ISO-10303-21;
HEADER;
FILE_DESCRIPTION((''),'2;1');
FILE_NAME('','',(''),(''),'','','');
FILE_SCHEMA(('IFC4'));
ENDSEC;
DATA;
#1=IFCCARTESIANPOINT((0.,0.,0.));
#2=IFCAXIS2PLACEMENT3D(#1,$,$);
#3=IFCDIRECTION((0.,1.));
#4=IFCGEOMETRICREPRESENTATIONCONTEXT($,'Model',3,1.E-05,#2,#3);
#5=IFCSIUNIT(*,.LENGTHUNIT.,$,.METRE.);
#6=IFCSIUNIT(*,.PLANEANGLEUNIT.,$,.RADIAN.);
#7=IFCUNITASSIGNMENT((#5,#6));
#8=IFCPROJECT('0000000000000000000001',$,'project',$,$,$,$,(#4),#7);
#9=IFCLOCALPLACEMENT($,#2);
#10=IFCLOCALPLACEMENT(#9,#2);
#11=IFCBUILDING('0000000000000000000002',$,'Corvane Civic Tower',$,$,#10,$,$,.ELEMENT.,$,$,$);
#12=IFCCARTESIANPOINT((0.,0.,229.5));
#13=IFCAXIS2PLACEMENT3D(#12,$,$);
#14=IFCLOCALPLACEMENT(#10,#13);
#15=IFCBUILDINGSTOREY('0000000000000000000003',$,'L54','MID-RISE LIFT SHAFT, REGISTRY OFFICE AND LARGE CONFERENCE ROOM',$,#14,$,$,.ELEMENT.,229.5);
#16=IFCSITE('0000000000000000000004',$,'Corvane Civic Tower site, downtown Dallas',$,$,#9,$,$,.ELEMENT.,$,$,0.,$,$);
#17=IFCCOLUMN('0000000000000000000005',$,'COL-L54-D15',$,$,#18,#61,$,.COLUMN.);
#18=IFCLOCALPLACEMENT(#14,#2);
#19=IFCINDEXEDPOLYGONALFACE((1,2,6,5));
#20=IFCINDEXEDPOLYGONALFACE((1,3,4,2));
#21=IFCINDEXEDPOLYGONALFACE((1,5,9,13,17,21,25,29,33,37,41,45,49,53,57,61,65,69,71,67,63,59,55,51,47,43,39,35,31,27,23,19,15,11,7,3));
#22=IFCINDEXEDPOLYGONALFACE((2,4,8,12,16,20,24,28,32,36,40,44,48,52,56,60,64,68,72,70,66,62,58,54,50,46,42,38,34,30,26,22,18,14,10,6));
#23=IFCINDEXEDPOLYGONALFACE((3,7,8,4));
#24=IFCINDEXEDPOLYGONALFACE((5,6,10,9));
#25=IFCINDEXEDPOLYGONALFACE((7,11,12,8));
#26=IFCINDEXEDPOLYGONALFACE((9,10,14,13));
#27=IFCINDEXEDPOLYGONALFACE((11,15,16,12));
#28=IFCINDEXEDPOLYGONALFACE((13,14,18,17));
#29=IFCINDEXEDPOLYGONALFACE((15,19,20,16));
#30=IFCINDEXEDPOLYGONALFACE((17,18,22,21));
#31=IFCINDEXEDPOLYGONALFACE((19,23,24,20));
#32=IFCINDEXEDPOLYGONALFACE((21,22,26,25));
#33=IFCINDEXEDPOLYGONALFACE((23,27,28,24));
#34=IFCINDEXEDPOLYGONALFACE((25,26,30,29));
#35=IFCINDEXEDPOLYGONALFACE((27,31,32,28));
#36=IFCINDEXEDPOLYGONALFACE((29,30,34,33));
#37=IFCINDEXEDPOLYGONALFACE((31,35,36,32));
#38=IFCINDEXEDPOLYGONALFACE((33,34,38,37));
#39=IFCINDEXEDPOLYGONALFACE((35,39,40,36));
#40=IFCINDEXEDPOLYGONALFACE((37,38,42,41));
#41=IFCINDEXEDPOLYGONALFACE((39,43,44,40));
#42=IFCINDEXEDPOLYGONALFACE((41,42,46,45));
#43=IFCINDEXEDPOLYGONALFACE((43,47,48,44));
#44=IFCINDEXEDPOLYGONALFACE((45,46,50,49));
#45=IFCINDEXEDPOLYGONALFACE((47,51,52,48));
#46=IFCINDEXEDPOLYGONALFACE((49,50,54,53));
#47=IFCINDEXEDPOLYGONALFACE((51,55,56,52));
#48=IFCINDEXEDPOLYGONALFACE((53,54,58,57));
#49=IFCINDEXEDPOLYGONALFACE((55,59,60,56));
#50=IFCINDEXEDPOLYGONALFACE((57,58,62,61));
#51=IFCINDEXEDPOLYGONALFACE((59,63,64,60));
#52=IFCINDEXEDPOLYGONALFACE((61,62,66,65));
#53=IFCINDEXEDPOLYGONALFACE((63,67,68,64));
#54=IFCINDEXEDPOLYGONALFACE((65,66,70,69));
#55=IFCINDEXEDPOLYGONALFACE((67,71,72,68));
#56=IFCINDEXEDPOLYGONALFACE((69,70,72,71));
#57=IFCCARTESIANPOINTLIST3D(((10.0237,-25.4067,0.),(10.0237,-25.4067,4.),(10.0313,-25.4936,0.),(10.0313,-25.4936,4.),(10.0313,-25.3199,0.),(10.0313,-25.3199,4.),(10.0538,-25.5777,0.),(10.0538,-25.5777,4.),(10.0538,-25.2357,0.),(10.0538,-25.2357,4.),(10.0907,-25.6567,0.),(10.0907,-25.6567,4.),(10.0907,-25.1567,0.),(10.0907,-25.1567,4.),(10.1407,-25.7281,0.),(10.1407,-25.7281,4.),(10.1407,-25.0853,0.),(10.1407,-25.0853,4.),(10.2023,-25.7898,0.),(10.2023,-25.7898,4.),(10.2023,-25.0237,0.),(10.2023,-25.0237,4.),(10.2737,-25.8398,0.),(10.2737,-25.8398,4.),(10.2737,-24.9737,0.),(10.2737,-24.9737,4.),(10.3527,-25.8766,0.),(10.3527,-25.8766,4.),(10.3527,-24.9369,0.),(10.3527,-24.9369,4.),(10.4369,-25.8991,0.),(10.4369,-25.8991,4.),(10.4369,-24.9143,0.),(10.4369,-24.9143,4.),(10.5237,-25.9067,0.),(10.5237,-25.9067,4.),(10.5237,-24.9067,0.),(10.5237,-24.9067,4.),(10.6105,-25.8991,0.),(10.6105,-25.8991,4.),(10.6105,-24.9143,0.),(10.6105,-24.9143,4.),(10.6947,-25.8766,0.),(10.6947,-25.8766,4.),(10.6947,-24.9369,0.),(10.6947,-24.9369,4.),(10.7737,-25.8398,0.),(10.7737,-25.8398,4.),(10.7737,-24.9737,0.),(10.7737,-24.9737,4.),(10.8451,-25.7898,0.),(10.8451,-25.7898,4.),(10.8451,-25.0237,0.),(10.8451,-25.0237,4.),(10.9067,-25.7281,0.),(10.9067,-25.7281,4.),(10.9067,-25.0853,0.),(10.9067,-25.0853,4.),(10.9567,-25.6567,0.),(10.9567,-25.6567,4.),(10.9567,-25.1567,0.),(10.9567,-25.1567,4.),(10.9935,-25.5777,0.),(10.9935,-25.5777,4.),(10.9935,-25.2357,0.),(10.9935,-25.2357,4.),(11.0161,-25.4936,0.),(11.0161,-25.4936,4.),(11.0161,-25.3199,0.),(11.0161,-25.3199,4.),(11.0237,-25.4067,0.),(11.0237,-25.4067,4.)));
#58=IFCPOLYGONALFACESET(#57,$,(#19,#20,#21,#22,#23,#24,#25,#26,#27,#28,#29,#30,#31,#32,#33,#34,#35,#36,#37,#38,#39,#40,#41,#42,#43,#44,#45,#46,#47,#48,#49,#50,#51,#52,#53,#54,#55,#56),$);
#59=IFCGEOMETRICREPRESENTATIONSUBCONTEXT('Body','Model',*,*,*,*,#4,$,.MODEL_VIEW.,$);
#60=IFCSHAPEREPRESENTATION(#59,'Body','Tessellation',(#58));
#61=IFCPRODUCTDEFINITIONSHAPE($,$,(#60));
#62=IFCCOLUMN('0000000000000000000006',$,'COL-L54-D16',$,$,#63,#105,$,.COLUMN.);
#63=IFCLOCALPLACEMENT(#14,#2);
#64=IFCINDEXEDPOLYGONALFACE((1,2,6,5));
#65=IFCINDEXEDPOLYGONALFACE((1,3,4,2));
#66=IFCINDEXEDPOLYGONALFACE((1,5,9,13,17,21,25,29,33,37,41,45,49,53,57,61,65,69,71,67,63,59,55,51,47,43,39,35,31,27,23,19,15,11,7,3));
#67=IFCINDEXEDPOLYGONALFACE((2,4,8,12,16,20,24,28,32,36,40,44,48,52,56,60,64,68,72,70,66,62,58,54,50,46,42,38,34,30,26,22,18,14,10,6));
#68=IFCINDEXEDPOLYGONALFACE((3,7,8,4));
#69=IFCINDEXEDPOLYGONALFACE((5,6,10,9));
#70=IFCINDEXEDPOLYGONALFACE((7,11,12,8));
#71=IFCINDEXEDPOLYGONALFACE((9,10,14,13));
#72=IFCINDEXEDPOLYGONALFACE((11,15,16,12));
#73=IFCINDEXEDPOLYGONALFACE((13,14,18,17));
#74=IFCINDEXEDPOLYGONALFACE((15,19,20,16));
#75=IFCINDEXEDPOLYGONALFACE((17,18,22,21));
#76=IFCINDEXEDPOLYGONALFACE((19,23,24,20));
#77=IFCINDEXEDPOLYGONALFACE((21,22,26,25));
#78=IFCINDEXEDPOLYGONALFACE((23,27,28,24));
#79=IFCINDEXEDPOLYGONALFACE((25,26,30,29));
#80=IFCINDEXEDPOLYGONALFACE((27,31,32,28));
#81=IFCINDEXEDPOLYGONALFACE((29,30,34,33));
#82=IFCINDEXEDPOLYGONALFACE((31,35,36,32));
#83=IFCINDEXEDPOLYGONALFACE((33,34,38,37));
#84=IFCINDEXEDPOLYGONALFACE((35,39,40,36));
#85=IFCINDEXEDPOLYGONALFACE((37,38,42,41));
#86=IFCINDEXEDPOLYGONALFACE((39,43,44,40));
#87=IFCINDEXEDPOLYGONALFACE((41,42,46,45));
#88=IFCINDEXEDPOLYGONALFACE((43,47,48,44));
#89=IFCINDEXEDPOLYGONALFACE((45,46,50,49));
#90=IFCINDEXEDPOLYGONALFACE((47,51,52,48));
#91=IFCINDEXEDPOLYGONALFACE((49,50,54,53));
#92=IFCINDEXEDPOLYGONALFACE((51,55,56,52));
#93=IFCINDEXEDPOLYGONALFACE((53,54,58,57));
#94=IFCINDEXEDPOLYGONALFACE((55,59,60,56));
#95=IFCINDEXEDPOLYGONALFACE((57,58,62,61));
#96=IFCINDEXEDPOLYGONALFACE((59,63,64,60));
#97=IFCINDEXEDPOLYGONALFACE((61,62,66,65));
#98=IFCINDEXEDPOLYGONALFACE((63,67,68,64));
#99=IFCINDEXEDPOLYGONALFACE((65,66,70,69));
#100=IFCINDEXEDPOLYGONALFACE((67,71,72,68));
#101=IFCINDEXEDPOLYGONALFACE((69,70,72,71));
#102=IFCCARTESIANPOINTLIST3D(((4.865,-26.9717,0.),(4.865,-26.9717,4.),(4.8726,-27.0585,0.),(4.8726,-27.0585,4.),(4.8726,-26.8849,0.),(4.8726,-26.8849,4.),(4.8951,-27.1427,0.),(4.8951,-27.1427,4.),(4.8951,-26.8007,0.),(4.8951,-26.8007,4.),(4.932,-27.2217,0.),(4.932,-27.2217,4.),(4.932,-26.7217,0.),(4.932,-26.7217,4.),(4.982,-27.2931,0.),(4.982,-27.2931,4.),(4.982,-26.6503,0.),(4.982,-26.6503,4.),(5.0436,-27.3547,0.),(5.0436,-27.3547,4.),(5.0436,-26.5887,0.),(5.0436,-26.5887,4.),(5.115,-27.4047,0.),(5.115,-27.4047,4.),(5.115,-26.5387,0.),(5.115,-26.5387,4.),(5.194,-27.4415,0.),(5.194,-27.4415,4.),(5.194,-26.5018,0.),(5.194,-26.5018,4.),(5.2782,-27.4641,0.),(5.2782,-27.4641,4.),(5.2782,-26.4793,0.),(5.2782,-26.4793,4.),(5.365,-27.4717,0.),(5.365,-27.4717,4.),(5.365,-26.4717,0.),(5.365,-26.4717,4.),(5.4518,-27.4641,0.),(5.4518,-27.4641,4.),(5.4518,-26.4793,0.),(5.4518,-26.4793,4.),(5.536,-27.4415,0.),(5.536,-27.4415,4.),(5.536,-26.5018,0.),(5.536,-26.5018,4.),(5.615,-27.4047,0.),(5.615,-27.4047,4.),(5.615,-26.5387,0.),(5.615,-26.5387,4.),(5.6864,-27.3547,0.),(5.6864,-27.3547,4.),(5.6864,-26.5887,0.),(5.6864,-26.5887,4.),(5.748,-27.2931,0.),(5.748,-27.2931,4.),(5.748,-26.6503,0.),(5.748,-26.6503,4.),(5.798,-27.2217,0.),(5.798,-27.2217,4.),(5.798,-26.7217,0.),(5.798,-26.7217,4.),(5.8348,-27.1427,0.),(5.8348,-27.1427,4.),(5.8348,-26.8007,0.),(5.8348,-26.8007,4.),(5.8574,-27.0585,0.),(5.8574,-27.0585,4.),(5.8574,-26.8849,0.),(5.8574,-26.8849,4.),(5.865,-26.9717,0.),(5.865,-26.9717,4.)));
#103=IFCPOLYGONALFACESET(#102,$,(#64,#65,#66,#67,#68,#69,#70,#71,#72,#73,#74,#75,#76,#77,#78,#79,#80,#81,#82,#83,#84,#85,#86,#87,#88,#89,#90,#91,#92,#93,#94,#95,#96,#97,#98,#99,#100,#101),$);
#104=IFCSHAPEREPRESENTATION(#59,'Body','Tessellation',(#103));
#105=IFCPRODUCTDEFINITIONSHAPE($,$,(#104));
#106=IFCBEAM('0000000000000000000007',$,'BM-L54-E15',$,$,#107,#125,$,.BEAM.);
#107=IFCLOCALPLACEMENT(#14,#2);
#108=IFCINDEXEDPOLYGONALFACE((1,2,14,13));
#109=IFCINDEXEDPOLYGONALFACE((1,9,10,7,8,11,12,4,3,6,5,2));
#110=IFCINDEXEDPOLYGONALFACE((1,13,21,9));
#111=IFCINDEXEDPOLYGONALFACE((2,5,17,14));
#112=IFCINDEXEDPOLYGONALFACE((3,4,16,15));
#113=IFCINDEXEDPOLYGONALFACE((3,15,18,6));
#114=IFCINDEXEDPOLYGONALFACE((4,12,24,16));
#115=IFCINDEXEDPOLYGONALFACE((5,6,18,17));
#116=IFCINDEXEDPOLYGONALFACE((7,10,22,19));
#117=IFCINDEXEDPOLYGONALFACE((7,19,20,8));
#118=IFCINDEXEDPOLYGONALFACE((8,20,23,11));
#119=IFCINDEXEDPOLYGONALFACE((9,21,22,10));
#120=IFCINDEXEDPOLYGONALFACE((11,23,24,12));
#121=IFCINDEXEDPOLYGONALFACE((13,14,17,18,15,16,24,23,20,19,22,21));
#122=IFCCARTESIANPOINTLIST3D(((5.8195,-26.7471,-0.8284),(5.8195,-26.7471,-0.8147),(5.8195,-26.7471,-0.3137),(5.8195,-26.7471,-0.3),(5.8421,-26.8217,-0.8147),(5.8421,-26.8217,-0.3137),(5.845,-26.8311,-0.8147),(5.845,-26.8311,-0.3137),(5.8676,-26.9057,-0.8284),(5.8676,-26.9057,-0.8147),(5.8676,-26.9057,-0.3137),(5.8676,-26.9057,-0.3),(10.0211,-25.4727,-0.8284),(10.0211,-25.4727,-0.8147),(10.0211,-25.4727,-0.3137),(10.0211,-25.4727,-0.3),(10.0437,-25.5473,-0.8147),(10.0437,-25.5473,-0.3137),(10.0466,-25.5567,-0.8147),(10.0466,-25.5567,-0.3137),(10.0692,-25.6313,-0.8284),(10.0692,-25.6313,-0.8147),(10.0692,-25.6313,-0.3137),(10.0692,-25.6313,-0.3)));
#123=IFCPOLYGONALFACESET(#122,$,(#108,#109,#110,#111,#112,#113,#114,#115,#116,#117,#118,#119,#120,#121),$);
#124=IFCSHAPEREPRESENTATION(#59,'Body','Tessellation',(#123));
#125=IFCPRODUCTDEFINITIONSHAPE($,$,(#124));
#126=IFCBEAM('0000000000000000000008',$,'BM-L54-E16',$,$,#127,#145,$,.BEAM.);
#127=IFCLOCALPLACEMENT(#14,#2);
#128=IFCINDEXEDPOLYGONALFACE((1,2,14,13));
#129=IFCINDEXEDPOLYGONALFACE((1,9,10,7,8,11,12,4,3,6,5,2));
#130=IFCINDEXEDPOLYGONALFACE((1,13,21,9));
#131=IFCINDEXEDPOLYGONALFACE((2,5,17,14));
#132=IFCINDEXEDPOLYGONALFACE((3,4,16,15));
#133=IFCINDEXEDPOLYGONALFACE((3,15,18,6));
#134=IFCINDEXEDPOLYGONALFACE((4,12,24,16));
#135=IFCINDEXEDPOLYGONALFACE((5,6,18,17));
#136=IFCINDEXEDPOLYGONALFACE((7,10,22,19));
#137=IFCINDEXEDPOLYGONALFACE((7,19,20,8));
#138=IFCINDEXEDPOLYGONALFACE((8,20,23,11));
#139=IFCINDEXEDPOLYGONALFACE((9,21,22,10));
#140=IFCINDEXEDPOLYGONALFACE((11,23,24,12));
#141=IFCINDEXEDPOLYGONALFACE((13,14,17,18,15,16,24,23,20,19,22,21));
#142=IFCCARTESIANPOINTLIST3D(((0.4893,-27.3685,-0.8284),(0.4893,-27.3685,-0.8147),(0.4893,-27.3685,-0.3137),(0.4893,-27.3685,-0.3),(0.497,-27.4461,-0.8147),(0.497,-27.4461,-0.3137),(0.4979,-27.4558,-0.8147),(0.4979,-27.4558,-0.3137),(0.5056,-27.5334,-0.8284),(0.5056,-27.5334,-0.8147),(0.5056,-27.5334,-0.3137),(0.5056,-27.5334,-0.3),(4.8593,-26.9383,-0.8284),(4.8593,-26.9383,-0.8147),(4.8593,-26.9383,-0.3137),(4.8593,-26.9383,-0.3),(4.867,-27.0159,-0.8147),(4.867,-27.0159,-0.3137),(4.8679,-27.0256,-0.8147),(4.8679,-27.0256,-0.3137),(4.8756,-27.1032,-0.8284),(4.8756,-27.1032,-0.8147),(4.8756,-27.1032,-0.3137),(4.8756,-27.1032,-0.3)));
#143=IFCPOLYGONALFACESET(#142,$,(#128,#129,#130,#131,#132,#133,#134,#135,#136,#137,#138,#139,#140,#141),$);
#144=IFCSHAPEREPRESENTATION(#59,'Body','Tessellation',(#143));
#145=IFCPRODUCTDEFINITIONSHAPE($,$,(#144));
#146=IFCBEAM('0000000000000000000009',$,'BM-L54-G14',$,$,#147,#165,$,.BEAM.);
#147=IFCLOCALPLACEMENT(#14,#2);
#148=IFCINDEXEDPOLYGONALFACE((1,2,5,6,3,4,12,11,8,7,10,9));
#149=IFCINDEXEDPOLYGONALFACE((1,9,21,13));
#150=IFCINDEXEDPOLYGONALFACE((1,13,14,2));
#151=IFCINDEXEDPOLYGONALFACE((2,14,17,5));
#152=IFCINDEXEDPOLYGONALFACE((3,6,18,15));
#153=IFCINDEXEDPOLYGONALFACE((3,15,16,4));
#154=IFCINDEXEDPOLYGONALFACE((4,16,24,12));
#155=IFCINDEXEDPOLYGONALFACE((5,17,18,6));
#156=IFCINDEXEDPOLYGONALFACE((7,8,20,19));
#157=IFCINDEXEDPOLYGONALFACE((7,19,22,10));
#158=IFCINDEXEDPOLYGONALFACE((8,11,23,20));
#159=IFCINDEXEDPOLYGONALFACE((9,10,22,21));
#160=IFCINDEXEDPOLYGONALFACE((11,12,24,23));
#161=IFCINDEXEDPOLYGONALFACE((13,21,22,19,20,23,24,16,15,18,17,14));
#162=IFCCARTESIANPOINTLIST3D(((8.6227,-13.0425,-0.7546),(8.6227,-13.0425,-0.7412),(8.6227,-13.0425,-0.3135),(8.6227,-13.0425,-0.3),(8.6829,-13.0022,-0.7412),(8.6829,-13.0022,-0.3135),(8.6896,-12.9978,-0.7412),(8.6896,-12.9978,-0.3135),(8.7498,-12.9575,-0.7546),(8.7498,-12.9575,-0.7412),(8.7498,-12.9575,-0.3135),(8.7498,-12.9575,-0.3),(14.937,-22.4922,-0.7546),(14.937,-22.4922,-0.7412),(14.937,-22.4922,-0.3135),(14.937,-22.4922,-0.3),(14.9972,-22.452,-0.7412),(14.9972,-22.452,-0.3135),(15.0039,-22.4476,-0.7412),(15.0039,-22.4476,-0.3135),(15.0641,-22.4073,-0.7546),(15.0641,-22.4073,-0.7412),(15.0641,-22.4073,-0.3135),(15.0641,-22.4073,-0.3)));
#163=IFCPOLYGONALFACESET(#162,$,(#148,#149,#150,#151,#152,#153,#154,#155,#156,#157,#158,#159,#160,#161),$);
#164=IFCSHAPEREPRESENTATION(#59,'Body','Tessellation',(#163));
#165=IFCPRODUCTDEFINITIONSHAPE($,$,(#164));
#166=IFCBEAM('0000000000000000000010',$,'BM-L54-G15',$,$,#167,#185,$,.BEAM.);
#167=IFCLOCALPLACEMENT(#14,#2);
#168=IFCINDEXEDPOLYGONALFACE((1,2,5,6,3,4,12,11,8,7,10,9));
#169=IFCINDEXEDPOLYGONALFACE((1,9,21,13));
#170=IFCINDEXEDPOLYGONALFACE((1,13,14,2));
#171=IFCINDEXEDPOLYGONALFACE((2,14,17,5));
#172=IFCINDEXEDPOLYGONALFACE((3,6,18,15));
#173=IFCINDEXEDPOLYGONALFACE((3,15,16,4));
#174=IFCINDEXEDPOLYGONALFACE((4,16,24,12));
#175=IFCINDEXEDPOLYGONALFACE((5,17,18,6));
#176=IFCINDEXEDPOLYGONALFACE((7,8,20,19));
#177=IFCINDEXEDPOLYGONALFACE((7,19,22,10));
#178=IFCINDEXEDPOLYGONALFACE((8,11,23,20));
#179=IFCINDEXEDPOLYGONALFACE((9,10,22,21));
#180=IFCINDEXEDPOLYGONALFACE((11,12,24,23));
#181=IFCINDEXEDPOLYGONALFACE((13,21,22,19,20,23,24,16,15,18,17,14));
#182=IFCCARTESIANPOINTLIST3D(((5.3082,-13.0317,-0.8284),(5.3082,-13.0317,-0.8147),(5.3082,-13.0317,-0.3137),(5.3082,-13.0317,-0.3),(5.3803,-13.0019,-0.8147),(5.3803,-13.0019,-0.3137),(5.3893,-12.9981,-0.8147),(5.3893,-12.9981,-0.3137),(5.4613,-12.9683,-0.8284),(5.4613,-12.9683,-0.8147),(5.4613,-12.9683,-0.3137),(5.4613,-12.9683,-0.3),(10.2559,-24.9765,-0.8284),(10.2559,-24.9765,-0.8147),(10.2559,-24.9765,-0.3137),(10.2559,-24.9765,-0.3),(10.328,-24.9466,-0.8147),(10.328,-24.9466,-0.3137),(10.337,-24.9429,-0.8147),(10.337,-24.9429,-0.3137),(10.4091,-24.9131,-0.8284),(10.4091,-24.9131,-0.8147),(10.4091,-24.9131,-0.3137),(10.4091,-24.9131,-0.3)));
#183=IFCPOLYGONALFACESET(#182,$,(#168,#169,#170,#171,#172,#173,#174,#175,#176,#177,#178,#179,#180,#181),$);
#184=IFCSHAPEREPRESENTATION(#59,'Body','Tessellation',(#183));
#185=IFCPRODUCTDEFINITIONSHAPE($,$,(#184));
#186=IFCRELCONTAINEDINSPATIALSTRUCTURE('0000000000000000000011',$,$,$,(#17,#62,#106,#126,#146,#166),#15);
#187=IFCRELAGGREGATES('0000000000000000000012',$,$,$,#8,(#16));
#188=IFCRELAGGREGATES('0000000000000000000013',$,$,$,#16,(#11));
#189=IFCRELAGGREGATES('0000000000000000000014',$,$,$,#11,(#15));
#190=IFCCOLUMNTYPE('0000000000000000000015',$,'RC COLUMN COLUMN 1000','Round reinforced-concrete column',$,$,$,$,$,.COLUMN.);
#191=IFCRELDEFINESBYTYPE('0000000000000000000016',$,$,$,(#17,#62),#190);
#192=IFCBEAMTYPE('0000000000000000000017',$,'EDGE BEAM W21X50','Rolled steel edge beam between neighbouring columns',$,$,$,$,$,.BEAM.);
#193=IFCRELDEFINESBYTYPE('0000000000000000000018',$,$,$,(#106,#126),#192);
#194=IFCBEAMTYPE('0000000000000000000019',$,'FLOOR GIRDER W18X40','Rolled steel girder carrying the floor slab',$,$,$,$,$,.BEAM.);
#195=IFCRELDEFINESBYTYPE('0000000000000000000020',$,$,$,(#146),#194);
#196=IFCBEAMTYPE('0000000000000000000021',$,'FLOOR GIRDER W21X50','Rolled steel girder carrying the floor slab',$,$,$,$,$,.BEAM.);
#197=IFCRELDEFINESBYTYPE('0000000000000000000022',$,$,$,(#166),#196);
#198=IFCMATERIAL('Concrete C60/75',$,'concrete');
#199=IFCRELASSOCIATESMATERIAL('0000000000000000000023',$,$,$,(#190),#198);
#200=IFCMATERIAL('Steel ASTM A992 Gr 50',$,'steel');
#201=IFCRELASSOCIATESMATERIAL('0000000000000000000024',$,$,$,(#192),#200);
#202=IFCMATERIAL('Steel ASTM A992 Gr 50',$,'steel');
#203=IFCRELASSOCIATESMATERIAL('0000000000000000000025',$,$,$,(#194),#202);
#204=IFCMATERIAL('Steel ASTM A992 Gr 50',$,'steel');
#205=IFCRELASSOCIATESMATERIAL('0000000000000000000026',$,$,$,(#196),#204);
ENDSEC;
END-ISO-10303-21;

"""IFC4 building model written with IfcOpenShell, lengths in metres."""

from ifc_helpers import new_model, si_unit, direction, frame, origin, origin_2d, place, context, subcontext, project, spatial, circle, i_section, extrude, material, material_profile, profile_set, type_object, element, save


model = new_model("IFC4")

# Units and contexts
model_context = context("Model", 3, precision=1e-05, world=origin(), true_north=direction((0.0, 1.0)))
body_context = subcontext(model_context, "Body", "Model", "MODEL_VIEW")
ifc_project = project(units=[si_unit("LENGTHUNIT", "METRE"), si_unit("PLANEANGLEUNIT", "RADIAN")], contexts=[model_context])

# Site, building, storey
site_placement = place(None, origin())
site = spatial("IfcSite", under=ifc_project, at=site_placement, Name="Corvane Civic Tower site, downtown Dallas", CompositionType="ELEMENT", RefElevation=0.0)
building_placement = place(site_placement, origin())
building = spatial("IfcBuilding", under=site, at=building_placement, Name="Corvane Civic Tower", CompositionType="ELEMENT")
storey_placement = place(building_placement, frame((0.0, 0.0, 229.5)))
storey = spatial("IfcBuildingStorey", under=building, at=storey_placement, Name="L54", Description="MID-RISE LIFT SHAFT, REGISTRY OFFICE AND LARGE CONFERENCE ROOM", CompositionType="ELEMENT", Elevation=229.5)

# Columns
ifc_material_1 = material(Name="Concrete C60/75", Category="concrete")
ifc_material_profile_1 = material_profile(ifc_material_1, circle(Radius=0.5, at=origin_2d()), Name="COLUMN 1000")
ifc_profile_set_1 = profile_set([ifc_material_profile_1], Name="Concrete C60/75")
column_type = type_object("IfcColumnType", Name="RC COLUMN COLUMN 1000", Description="Round reinforced-concrete column", PredefinedType="COLUMN", material=ifc_profile_set_1)
for number, where, z_axis, x_axis, name in (
    (1, (10.5237, -25.4067, 0.0), (0.0, 0.0, 1.0), (1.0, 0.0, 0.0), "COL-L54-D15"),
    (2, (5.365, -26.9717, 0.0), (0.0, 0.0, 1.0), (1.0, 0.0, 0.0), "COL-L54-D16"),
):
    element("IfcColumn", number, at=place(storey_placement, frame(where, z_axis=z_axis, x_axis=x_axis)), inside=storey, type_object=column_type, Name=name, PredefinedType="COLUMN", context=body_context, shape_type="SweptSolid", body=[
        extrude(circle(Radius=0.5, at=origin_2d()), origin(), (0.0, 0.0, 1.0), 4.0),
    ])

# Beams
ifc_material_2 = material(Name="Steel ASTM A992 Gr 50", Category="steel")
ifc_material_profile_2 = material_profile(ifc_material_2, i_section(OverallWidth=0.1658, OverallDepth=0.5283, WebThickness=0.0098, FlangeThickness=0.0137, at=origin_2d()), Name="W21X50")
ifc_profile_set_2 = profile_set([ifc_material_profile_2], Name="Steel ASTM A992 Gr 50")
beam_type_1 = type_object("IfcBeamType", Name="EDGE BEAM W21X50", Description="Rolled steel edge beam between neighbouring columns", PredefinedType="BEAM", material=ifc_profile_set_2)
beam_1_placement = place(storey_placement, frame((10.0452, -25.552, -0.5642), z_axis=(-0.95695, -0.290254, 0.0), x_axis=(0.290254, -0.95695, 0.0)))
element("IfcBeam", 3, at=beam_1_placement, inside=storey, type_object=beam_type_1, Name="BM-L54-E15", PredefinedType="BEAM", context=body_context, shape_type="SweptSolid", body=[
    extrude(i_section(OverallWidth=0.1658, OverallDepth=0.5283, WebThickness=0.0098, FlangeThickness=0.0137, at=origin_2d()), origin(), (0.0, 0.0, 1.0), 4.3906),
])
beam_2_placement = place(storey_placement, frame((4.8674, -27.0208, -0.5642), z_axis=(-0.99519, -0.097968, 0.0), x_axis=(0.097968, -0.99519, 0.0)))
element("IfcBeam", 4, at=beam_2_placement, inside=storey, type_object=beam_type_1, Name="BM-L54-E16", PredefinedType="BEAM", context=body_context, shape_type="SweptSolid", body=[
    extrude(i_section(OverallWidth=0.1658, OverallDepth=0.5283, WebThickness=0.0098, FlangeThickness=0.0137, at=origin_2d()), origin(), (0.0, 0.0, 1.0), 4.3911),
])
ifc_material_3 = material(Name="Steel ASTM A992 Gr 50", Category="steel")
ifc_material_profile_3 = material_profile(ifc_material_3, i_section(OverallWidth=0.1528, OverallDepth=0.4546, WebThickness=0.0081, FlangeThickness=0.0134, at=origin_2d()), Name="W18X40")
ifc_profile_set_3 = profile_set([ifc_material_profile_3], Name="Steel ASTM A992 Gr 50")
beam_type_2 = type_object("IfcBeamType", Name="FLOOR GIRDER W18X40", Description="Rolled steel girder carrying the floor slab", PredefinedType="BEAM", material=ifc_profile_set_3)
beam_3_placement = place(storey_placement, frame((8.6863, -13.0, -0.5273), z_axis=(0.555577, -0.831465, 0.0), x_axis=(0.831465, 0.555577, 0.0)))
element("IfcBeam", 5, at=beam_3_placement, inside=storey, type_object=beam_type_2, Name="BM-L54-G14", PredefinedType="BEAM", context=body_context, shape_type="SweptSolid", body=[
    extrude(i_section(OverallWidth=0.1528, OverallDepth=0.4546, WebThickness=0.0081, FlangeThickness=0.0134, at=origin_2d()), origin(), (0.0, 0.0, 1.0), 11.3652),
])
ifc_material_4 = material(Name="Steel ASTM A992 Gr 50", Category="steel")
ifc_material_profile_4 = material_profile(ifc_material_4, i_section(OverallWidth=0.1658, OverallDepth=0.5283, WebThickness=0.0098, FlangeThickness=0.0137, at=origin_2d()), Name="W21X50")
ifc_profile_set_4 = profile_set([ifc_material_profile_4], Name="Steel ASTM A992 Gr 50")
beam_type_3 = type_object("IfcBeamType", Name="FLOOR GIRDER W21X50", Description="Rolled steel girder carrying the floor slab", PredefinedType="BEAM", material=ifc_profile_set_4)
beam_4_placement = place(storey_placement, frame((5.3848, -13.0, -0.5642), z_axis=(0.382686, -0.923878, 0.0), x_axis=(0.923878, 0.382686, 0.0)))
element("IfcBeam", 6, at=beam_4_placement, inside=storey, type_object=beam_type_3, Name="BM-L54-G15", PredefinedType="BEAM", context=body_context, shape_type="SweptSolid", body=[
    extrude(i_section(OverallWidth=0.1658, OverallDepth=0.5283, WebThickness=0.0098, FlangeThickness=0.0137, at=origin_2d()), origin(), (0.0, 0.0, 1.0), 12.929),
])

save(model, "model.ifc")
